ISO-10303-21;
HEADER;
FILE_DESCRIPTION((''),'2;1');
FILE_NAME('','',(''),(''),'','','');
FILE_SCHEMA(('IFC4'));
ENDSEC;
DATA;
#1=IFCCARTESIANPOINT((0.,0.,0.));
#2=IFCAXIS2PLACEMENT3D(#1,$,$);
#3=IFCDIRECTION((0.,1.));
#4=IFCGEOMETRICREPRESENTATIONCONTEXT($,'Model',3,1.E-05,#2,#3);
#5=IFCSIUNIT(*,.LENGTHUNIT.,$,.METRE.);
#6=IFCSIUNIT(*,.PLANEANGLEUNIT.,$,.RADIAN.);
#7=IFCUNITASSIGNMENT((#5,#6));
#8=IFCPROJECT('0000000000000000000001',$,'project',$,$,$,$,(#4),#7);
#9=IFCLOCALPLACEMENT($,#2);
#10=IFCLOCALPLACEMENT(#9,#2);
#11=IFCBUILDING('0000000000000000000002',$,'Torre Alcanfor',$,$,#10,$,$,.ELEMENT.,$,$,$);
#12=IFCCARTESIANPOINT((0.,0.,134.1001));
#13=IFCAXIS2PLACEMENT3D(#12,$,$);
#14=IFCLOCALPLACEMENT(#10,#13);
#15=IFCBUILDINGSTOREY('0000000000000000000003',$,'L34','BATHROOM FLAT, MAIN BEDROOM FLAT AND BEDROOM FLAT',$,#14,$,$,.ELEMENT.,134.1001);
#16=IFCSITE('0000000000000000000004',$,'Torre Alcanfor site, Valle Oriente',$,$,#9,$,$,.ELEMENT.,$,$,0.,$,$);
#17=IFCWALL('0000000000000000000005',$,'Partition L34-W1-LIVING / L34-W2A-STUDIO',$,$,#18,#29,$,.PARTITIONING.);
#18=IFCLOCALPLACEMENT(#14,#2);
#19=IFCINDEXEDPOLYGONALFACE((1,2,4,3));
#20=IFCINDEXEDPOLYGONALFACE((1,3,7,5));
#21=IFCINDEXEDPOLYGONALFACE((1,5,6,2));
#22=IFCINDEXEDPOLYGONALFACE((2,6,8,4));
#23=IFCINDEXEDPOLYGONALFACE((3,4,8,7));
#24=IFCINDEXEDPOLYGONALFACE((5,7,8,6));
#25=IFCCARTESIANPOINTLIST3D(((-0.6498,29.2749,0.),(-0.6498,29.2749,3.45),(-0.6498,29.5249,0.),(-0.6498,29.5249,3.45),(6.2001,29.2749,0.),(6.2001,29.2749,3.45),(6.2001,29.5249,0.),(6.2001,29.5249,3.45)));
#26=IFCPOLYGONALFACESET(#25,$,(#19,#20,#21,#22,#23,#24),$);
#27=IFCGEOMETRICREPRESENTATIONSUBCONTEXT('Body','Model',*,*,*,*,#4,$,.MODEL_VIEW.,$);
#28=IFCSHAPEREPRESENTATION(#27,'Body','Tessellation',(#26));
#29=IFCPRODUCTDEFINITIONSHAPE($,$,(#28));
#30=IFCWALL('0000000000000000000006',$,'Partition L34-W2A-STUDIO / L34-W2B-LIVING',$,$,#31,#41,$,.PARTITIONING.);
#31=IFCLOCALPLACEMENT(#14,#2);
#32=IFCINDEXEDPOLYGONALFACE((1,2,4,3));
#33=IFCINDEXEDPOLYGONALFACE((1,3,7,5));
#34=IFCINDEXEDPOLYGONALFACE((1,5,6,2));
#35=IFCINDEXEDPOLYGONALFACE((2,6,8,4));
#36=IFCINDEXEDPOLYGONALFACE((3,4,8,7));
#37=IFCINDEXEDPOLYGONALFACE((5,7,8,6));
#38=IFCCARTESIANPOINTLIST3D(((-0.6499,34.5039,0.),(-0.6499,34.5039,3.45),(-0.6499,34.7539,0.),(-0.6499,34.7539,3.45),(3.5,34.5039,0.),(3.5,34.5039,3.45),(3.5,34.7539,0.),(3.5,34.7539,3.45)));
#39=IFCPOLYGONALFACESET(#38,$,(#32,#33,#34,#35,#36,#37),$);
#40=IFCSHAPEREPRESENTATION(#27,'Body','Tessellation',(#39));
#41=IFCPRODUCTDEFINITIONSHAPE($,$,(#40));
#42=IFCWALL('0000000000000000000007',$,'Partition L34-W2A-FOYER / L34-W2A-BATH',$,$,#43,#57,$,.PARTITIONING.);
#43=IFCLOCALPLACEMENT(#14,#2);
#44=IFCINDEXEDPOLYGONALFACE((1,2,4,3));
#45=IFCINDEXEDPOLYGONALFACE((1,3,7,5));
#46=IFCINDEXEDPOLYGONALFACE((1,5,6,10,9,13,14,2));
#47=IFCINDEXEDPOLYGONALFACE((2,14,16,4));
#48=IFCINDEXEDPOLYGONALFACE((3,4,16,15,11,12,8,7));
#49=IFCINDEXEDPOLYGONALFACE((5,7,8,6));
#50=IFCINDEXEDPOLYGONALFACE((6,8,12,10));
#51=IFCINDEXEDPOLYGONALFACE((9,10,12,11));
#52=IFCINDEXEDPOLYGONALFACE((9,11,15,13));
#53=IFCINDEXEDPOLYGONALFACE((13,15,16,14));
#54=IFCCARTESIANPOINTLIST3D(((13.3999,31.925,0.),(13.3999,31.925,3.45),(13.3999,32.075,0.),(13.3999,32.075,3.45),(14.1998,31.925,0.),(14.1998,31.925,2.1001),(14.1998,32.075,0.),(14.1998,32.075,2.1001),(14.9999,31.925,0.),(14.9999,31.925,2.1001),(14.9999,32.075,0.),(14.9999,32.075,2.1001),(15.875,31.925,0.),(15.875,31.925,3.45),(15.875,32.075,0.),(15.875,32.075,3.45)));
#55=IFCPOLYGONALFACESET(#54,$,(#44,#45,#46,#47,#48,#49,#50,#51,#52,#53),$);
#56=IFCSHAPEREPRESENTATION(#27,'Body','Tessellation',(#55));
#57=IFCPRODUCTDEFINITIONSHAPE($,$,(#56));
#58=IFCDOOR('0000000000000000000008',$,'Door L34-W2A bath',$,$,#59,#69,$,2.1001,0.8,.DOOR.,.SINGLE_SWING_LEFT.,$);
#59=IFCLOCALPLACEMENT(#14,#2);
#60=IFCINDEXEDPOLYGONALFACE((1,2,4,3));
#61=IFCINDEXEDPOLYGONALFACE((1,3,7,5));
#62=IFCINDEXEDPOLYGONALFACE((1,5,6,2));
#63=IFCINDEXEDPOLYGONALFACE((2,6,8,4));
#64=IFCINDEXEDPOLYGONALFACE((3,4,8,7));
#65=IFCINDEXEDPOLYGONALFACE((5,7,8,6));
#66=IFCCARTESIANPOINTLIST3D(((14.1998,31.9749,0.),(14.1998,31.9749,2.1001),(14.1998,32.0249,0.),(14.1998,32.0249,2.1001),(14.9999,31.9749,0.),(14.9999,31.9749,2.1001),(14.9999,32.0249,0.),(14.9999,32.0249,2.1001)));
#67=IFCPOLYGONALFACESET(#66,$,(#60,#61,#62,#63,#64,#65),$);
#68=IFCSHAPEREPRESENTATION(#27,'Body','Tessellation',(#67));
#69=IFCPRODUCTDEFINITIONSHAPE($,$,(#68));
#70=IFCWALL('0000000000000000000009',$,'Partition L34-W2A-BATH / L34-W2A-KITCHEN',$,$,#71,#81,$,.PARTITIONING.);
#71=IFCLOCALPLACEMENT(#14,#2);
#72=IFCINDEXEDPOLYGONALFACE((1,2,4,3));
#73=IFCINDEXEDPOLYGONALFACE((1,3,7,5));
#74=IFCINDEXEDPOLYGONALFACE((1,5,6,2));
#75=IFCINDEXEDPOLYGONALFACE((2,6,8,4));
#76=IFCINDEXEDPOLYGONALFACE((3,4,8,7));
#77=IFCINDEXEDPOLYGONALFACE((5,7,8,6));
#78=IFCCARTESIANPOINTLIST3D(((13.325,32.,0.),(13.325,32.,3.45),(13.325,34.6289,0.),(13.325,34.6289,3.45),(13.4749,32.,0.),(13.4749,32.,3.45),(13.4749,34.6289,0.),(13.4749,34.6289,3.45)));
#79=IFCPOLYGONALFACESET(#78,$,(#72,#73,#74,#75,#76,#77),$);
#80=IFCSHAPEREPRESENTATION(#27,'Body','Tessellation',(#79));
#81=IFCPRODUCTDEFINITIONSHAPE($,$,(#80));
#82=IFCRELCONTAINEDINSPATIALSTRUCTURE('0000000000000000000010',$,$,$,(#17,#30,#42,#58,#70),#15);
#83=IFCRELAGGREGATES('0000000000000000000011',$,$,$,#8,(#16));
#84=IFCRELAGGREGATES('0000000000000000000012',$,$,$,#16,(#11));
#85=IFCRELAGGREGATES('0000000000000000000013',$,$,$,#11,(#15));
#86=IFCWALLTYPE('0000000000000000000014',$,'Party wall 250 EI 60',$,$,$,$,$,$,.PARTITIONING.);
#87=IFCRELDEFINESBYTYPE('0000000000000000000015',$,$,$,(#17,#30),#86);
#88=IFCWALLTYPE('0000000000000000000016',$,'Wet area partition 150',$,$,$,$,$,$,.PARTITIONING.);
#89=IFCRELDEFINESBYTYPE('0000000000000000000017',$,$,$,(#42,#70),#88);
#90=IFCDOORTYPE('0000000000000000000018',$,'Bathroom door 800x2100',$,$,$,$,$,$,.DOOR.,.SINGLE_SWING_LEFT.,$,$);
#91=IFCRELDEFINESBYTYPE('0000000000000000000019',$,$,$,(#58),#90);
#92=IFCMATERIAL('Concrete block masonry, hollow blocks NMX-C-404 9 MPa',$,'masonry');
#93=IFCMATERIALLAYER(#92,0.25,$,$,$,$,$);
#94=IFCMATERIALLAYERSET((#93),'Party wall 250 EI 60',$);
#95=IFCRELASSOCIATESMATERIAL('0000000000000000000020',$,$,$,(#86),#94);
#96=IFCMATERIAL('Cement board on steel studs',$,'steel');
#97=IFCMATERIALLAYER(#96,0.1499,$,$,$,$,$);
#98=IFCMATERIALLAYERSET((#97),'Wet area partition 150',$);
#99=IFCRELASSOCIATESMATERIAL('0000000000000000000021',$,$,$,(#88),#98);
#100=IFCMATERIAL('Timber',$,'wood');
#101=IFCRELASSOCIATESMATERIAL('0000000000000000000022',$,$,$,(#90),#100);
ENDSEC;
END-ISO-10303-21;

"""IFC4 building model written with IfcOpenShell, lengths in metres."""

from ifc_helpers import new_model, si_unit, direction, frame, frame_2d, origin, place, context, subcontext, project, spatial, rectangle, extrude, material, layer, layer_set, type_object, element, fill, save


model = new_model("IFC4")

# Units and contexts
model_context = context("Model", 3, precision=1e-05, world=origin(), true_north=direction((0.0, 1.0)))
body_context = subcontext(model_context, "Body", "Model", "MODEL_VIEW")
ifc_project = project(units=[si_unit("LENGTHUNIT", "METRE"), si_unit("PLANEANGLEUNIT", "RADIAN")], contexts=[model_context])

# Site, building, storey
site_placement = place(None, origin())
site = spatial("IfcSite", under=ifc_project, at=site_placement, Name="Torre Alcanfor site, Valle Oriente", CompositionType="ELEMENT", RefElevation=0.0)
building_placement = place(site_placement, origin())
building = spatial("IfcBuilding", under=site, at=building_placement, Name="Torre Alcanfor", CompositionType="ELEMENT")
storey_placement = place(building_placement, frame((0.0, 0.0, 134.1001)))
storey = spatial("IfcBuildingStorey", under=building, at=storey_placement, Name="L34", Description="BATHROOM FLAT, MAIN BEDROOM FLAT AND BEDROOM FLAT", CompositionType="ELEMENT", Elevation=134.1001)

# Walls
ifc_material_1 = material(Name="Concrete block masonry, hollow blocks NMX-C-404 9 MPa", Category="masonry")
ifc_layer_1 = layer(ifc_material_1, 0.25)
ifc_layer_set_1 = layer_set([ifc_layer_1], Name="Party wall 250 EI 60")
wall_type_1 = type_object("IfcWallType", Name="Party wall 250 EI 60", PredefinedType="PARTITIONING", material=ifc_layer_set_1)
wall_1_placement = place(storey_placement, frame((6.2, 29.3999, 0.0), z_axis=(0.0, 0.0, 1.0), x_axis=(-1.0, 0.0, 0.0)))
element("IfcWall", 1, at=wall_1_placement, inside=storey, type_object=wall_type_1, Name="Partition L34-W1-LIVING / L34-W2A-STUDIO", PredefinedType="PARTITIONING", context=body_context, shape_type="SweptSolid", body=[
    extrude(rectangle(XDim=6.8499, YDim=0.25, at=frame_2d((3.4248, 0.0))), origin(), (0.0, 0.0, 1.0), 3.45),
])
wall_2_placement = place(storey_placement, frame((-0.6499, 34.6289, 0.0), z_axis=(0.0, 0.0, 1.0), x_axis=(1.0, 0.0, 0.0)))
element("IfcWall", 2, at=wall_2_placement, inside=storey, type_object=wall_type_1, Name="Partition L34-W2A-STUDIO / L34-W2B-LIVING", PredefinedType="PARTITIONING", context=body_context, shape_type="SweptSolid", body=[
    extrude(rectangle(XDim=4.1499, YDim=0.25, at=frame_2d((2.075, 0.0))), origin(), (0.0, 0.0, 1.0), 3.45),
])

# Wall, opening, door
ifc_material_2 = material(Name="Cement board on steel studs", Category="steel")
ifc_layer_2 = layer(ifc_material_2, 0.1499)
ifc_layer_set_2 = layer_set([ifc_layer_2], Name="Wet area partition 150")
wall_type_2 = type_object("IfcWallType", Name="Wet area partition 150", PredefinedType="PARTITIONING", material=ifc_layer_set_2)
wall_3_placement = place(storey_placement, frame((13.3999, 32.0, 0.0), z_axis=(0.0, 0.0, 1.0), x_axis=(1.0, 0.0, 0.0)))
wall_3 = element("IfcWall", 3, at=wall_3_placement, inside=storey, type_object=wall_type_2, Name="Partition L34-W2A-FOYER / L34-W2A-BATH", PredefinedType="PARTITIONING", context=body_context, shape_type="SweptSolid", body=[
    extrude(rectangle(XDim=2.4751, YDim=0.1499, at=frame_2d((1.2375, 0.0))), origin(), (0.0, 0.0, 1.0), 3.45),
])
opening_1_placement = place(wall_3_placement, frame((0.8, 0.0, 0.0)))
opening_1 = element("IfcOpeningElement", 4, at=opening_1_placement, cuts=wall_3, PredefinedType="OPENING", context=body_context, shape_type="SweptSolid", body=[
    extrude(rectangle(XDim=0.8, YDim=2.1001, at=frame_2d((0.3999, 1.05))), frame((0.0, 0.085, 0.0), z_axis=(0.0, -1.0, 0.0), x_axis=(1.0, 0.0, 0.0)), (0.0, 0.0, 1.0), 0.1699),
])
ifc_material_3 = material(Name="Timber", Category="wood")
door_type_1 = type_object("IfcDoorType", Name="Bathroom door 800x2100", OperationType="SINGLE_SWING_LEFT", PredefinedType="DOOR", material=ifc_material_3)
door_1_placement = place(opening_1_placement, origin())
door_1 = element("IfcDoor", 5, at=door_1_placement, inside=storey, type_object=door_type_1, Name="Door L34-W2A bath", OperationType="SINGLE_SWING_LEFT", OverallHeight=2.1001, OverallWidth=0.8, PredefinedType="DOOR", context=body_context, shape_type="SweptSolid", body=[
    extrude(rectangle(XDim=0.8, YDim=2.1001, at=frame_2d((0.3999, 1.05))), frame((0.0, 0.0249, 0.0), z_axis=(0.0, -1.0, 0.0), x_axis=(1.0, 0.0, 0.0)), (0.0, 0.0, 1.0), 0.05),
])
fill(opening_1, door_1)

# Wall
wall_4_placement = place(storey_placement, frame((13.3999, 32.0, 0.0), z_axis=(0.0, 0.0, 1.0), x_axis=(0.0, 1.0, 0.0)))
element("IfcWall", 6, at=wall_4_placement, inside=storey, type_object=wall_type_2, Name="Partition L34-W2A-BATH / L34-W2A-KITCHEN", PredefinedType="PARTITIONING", context=body_context, shape_type="SweptSolid", body=[
    extrude(rectangle(XDim=2.6289, YDim=0.1499, at=frame_2d((1.3145, 0.0))), origin(), (0.0, 0.0, 1.0), 3.45),
])

save(model, "model.ifc")
